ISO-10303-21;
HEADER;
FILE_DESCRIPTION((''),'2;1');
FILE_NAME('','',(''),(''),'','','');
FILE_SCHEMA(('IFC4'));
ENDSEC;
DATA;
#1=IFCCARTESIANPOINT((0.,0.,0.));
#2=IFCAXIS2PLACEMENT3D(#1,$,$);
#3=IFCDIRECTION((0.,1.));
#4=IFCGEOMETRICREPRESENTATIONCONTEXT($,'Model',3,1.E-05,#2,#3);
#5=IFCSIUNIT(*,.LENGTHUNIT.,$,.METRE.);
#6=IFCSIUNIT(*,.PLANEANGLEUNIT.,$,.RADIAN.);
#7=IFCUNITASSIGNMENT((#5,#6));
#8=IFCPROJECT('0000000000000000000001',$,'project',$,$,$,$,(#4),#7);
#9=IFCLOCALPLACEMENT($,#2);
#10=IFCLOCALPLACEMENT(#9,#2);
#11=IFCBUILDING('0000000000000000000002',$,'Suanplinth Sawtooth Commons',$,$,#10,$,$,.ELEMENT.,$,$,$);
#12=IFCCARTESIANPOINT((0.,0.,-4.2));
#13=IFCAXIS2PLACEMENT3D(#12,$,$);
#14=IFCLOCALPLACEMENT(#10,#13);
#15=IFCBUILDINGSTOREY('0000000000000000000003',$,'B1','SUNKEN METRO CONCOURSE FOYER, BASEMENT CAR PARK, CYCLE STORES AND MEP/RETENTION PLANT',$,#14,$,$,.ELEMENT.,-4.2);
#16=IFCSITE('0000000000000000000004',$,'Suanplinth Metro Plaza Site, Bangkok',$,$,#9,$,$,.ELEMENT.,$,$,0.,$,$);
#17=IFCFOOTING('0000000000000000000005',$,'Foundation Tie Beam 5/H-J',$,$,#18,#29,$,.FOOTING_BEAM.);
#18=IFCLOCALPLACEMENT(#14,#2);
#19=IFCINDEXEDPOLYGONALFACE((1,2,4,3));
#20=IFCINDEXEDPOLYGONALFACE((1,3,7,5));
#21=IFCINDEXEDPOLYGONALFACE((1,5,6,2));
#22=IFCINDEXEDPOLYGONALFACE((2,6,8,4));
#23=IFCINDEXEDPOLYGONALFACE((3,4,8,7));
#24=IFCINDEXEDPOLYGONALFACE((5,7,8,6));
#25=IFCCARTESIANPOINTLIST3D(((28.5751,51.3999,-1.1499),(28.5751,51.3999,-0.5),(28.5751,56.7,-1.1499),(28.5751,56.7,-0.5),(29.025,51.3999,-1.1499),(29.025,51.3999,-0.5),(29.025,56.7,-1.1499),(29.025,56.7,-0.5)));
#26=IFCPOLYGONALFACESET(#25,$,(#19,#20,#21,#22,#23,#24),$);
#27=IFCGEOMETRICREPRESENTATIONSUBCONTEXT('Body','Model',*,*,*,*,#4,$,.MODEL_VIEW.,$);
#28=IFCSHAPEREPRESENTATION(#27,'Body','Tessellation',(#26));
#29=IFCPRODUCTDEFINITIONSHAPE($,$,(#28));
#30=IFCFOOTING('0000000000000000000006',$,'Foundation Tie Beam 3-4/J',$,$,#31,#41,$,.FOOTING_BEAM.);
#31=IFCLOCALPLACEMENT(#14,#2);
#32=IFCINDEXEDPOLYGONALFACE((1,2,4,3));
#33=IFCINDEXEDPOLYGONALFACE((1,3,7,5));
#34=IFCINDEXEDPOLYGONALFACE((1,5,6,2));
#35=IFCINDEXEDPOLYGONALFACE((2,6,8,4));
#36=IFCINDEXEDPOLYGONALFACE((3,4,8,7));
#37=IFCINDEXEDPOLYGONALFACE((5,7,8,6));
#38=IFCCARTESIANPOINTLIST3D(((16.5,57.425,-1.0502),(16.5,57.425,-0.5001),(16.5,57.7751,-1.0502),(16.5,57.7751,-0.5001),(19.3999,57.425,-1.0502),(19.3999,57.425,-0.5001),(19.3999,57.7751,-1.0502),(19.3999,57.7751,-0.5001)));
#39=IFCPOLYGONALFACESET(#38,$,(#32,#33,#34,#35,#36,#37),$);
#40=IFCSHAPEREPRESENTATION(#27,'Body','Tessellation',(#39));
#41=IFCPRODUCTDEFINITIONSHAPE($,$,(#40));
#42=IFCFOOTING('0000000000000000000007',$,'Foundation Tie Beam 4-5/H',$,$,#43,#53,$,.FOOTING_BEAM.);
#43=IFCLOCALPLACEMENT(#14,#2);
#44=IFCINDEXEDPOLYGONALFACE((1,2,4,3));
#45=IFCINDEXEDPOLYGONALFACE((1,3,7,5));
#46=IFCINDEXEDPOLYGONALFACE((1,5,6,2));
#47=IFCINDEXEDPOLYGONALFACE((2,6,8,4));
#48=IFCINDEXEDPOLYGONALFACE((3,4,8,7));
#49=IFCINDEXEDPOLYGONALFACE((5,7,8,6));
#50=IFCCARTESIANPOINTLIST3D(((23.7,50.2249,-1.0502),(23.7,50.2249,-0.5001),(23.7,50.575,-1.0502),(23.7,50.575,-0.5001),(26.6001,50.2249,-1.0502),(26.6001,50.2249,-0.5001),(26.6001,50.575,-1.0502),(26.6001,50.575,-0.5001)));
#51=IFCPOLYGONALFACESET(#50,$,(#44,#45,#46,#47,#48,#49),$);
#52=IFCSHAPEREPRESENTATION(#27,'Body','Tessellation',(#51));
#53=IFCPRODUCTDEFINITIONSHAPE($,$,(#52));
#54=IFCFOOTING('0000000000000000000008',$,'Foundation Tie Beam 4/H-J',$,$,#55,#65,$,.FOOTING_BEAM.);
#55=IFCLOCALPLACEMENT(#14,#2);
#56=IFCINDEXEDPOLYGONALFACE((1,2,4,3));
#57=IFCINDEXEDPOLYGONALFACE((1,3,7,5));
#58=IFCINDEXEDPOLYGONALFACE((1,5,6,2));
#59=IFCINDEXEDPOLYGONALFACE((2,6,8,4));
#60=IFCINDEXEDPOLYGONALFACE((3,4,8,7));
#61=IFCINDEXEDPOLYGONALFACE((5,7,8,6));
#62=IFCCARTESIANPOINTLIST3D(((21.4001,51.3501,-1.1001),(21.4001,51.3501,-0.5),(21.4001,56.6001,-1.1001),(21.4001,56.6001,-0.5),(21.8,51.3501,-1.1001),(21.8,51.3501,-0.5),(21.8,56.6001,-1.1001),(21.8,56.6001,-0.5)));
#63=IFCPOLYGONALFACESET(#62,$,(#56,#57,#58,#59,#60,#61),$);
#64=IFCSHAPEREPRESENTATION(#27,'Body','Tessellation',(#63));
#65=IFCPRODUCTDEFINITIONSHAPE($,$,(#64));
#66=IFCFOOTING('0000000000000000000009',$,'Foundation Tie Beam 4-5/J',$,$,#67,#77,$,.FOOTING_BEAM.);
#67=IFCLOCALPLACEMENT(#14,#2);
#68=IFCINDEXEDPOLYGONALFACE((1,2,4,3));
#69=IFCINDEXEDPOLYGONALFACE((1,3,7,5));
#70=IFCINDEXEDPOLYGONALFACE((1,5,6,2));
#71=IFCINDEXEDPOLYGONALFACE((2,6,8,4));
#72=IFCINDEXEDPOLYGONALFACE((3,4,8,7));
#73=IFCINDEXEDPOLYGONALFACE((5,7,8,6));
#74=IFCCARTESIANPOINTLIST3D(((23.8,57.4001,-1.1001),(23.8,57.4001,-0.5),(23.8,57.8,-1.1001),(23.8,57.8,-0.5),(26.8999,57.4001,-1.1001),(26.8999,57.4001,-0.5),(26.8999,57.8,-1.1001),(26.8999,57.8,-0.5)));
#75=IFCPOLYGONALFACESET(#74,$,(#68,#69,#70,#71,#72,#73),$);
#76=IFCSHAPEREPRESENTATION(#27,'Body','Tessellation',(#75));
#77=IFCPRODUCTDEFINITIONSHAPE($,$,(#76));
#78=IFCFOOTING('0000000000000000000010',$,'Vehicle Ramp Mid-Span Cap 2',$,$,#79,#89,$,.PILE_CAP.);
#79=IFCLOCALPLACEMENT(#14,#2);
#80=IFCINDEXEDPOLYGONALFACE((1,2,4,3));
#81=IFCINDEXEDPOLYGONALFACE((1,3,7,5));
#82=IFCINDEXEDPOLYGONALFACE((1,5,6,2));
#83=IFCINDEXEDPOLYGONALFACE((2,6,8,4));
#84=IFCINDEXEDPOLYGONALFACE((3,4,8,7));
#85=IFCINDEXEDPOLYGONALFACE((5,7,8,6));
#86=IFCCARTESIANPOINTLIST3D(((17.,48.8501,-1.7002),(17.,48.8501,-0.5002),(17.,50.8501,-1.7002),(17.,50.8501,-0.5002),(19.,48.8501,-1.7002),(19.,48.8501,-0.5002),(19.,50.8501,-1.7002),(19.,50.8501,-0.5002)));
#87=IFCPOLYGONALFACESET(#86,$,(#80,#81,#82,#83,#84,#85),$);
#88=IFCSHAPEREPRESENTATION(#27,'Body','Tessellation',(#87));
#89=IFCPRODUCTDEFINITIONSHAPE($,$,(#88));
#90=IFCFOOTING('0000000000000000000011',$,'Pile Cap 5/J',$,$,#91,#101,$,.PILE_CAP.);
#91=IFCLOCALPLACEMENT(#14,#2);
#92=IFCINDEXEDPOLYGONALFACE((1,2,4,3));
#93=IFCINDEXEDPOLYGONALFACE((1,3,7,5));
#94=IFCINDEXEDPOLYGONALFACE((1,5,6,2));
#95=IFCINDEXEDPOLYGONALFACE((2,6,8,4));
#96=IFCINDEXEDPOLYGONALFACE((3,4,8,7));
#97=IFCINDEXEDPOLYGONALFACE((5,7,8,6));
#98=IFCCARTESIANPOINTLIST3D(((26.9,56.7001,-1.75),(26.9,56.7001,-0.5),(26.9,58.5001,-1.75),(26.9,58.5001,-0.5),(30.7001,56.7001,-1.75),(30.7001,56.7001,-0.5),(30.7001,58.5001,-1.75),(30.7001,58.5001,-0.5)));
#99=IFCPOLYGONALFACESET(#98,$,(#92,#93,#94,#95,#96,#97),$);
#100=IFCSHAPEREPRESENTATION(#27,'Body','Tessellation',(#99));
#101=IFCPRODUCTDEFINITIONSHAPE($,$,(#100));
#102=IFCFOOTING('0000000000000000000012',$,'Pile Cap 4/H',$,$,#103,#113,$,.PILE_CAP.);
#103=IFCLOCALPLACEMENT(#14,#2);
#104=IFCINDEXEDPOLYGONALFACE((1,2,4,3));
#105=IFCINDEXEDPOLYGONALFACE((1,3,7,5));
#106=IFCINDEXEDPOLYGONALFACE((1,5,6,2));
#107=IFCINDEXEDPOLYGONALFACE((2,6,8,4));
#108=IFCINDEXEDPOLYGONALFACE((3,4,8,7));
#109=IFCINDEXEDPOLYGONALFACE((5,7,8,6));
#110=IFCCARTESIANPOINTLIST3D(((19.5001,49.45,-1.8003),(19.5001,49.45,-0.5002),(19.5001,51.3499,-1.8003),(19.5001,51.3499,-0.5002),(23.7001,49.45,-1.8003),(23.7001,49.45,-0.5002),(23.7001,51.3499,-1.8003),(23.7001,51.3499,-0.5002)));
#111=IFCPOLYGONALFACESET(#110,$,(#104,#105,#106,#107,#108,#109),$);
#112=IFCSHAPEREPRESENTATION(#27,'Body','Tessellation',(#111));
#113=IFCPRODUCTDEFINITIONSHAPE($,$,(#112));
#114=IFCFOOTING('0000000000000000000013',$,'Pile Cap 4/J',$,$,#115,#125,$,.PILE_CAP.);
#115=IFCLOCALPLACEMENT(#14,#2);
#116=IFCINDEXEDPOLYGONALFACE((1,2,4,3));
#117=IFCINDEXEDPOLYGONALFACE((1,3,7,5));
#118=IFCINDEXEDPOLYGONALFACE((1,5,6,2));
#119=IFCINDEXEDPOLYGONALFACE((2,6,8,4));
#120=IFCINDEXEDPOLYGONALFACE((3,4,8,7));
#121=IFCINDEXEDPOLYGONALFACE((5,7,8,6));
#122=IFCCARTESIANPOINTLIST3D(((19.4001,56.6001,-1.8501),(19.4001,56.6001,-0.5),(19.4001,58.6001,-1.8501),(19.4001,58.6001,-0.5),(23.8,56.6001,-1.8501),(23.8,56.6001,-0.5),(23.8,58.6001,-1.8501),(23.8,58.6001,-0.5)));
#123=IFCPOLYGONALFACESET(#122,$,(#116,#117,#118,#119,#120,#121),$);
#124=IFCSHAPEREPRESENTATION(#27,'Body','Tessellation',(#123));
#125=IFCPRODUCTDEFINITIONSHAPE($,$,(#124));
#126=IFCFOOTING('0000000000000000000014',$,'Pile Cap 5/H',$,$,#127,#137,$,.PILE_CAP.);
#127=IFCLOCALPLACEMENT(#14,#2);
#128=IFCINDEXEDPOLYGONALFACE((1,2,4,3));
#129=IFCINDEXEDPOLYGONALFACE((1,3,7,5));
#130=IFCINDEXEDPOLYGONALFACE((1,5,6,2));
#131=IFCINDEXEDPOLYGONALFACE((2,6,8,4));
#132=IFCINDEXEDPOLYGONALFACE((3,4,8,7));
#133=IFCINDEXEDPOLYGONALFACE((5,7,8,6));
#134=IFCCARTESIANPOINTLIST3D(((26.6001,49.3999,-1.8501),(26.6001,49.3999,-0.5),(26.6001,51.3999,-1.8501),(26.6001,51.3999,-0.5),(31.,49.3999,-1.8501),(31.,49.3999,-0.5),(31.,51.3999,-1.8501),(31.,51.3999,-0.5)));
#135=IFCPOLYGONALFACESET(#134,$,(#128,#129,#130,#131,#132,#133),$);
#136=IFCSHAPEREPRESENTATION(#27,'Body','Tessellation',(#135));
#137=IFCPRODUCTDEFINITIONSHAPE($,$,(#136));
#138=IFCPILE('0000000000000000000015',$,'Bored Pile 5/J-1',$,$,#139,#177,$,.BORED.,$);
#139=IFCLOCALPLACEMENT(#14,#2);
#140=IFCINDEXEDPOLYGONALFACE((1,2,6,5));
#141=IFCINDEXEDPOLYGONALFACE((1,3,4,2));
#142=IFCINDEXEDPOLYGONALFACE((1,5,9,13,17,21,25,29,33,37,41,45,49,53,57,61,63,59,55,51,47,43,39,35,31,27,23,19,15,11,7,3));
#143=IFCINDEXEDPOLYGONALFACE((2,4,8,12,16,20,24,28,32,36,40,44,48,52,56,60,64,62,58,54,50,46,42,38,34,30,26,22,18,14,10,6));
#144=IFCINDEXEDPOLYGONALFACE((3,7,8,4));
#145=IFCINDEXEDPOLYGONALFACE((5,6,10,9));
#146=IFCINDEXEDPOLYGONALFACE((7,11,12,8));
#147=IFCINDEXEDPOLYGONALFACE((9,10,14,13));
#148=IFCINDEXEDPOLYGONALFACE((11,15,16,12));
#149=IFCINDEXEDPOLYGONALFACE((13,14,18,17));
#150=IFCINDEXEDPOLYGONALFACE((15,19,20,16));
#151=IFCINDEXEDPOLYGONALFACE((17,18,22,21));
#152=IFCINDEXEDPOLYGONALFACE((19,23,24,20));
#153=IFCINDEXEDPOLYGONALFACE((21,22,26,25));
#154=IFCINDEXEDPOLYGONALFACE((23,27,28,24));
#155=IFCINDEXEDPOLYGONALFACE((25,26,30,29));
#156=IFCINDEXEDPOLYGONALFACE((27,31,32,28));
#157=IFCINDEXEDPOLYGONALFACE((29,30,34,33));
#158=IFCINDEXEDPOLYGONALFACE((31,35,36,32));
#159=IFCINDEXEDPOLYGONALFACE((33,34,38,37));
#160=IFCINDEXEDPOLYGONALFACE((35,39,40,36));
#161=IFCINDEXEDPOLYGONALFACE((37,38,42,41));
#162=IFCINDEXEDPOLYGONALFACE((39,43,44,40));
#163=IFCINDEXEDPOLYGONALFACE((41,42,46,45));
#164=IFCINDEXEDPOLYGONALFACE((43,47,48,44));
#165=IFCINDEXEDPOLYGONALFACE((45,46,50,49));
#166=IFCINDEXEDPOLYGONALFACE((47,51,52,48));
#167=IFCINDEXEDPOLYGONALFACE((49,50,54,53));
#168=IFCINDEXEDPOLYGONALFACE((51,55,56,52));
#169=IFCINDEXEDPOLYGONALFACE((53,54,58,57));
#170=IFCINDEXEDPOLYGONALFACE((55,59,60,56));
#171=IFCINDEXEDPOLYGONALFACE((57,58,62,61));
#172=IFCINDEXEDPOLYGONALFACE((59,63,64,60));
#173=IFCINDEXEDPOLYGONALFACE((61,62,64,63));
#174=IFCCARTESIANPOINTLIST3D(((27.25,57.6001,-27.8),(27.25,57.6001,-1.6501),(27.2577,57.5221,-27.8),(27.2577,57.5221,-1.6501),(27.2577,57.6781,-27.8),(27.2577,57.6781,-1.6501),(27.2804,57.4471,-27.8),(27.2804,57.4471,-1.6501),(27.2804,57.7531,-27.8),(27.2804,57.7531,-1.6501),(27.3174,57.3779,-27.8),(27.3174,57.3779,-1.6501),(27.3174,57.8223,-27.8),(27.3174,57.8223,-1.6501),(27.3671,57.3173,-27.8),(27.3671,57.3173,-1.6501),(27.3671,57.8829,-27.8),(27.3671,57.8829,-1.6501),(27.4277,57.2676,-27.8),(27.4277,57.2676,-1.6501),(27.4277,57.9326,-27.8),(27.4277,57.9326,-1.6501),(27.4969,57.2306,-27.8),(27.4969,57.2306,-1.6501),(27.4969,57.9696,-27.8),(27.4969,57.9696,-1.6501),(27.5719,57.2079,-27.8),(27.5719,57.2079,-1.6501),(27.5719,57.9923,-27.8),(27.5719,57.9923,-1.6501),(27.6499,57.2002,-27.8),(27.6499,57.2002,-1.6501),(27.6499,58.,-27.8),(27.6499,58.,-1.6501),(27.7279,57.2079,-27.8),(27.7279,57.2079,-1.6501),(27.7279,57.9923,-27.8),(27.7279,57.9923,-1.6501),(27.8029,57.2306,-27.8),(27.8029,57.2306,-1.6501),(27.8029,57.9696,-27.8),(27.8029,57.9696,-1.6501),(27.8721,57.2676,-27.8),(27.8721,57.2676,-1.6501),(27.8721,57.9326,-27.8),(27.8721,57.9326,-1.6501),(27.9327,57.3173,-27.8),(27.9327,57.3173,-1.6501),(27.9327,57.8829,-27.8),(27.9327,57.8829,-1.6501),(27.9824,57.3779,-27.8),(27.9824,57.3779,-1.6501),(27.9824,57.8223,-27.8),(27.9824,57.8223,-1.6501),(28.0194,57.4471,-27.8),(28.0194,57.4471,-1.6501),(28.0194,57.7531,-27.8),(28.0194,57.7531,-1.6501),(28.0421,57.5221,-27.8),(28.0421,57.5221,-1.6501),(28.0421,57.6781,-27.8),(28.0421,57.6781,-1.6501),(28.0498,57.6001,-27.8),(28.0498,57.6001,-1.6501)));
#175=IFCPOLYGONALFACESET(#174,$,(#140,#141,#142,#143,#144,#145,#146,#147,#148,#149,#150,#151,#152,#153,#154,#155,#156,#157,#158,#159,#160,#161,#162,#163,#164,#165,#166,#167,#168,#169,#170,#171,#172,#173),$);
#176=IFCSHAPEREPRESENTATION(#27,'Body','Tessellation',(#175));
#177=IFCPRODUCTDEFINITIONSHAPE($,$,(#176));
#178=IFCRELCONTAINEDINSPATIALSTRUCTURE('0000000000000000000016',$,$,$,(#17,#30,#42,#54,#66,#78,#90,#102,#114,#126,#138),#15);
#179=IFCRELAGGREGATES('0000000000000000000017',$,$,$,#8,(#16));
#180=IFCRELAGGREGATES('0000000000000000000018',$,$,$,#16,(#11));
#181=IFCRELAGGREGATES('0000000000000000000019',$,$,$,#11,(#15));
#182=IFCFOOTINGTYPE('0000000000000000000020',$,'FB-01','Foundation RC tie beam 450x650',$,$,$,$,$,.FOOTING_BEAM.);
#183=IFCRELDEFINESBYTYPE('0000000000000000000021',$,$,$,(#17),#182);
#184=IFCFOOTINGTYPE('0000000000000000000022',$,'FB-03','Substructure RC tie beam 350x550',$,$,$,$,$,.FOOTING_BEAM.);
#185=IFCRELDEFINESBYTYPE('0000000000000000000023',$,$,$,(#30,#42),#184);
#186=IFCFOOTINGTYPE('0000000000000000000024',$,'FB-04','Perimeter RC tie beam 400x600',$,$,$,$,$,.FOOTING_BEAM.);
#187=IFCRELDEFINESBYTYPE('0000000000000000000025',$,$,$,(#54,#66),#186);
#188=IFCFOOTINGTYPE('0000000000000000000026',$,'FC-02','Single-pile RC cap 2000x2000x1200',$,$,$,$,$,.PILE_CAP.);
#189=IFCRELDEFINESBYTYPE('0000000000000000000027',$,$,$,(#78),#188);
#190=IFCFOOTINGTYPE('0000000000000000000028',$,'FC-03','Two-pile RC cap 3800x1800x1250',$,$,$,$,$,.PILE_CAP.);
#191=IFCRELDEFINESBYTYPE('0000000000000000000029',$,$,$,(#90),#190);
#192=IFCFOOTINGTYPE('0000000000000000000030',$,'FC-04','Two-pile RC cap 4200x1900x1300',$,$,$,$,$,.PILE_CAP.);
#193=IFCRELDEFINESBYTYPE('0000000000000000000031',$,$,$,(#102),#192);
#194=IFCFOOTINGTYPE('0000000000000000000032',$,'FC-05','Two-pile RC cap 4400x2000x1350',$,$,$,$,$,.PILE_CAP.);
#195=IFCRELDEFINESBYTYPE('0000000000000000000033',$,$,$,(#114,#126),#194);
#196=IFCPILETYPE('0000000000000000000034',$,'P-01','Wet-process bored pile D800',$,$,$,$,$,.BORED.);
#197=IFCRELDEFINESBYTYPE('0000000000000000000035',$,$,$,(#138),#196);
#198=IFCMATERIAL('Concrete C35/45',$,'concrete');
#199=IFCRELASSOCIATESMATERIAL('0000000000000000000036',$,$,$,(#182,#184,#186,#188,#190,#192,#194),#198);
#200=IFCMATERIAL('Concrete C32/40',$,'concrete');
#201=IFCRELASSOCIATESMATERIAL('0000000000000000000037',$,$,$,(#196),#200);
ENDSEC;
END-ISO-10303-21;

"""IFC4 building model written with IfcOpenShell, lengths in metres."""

from ifc_helpers import new_model, si_unit, direction, frame, origin, origin_2d, place, context, subcontext, project, spatial, rectangle, circle, extrude, material, material_profile, profile_set, type_object, element, save


model = new_model("IFC4")

# Units and contexts
model_context = context("Model", 3, precision=1e-05, world=origin(), true_north=direction((0.0, 1.0)))
body_context = subcontext(model_context, "Body", "Model", "MODEL_VIEW")
ifc_project = project(units=[si_unit("LENGTHUNIT", "METRE"), si_unit("PLANEANGLEUNIT", "RADIAN")], contexts=[model_context])

# Site, building, storey
site_placement = place(None, origin())
site = spatial("IfcSite", under=ifc_project, at=site_placement, Name="Suanplinth Metro Plaza Site, Bangkok", CompositionType="ELEMENT", RefElevation=0.0)
building_placement = place(site_placement, origin())
building = spatial("IfcBuilding", under=site, at=building_placement, Name="Suanplinth Sawtooth Commons", CompositionType="ELEMENT")
storey_placement = place(building_placement, frame((0.0, 0.0, -4.2)))
storey = spatial("IfcBuildingStorey", under=building, at=storey_placement, Name="B1", Description="SUNKEN METRO CONCOURSE FOYER, BASEMENT CAR PARK, CYCLE STORES AND MEP/RETENTION PLANT", CompositionType="ELEMENT", Elevation=-4.2)

# Footings
ifc_material_1 = material(Name="Concrete C35/45", Category="concrete")
ifc_material_profile_1 = material_profile(ifc_material_1, rectangle(XDim=0.45, YDim=0.6499, at=origin_2d()), Name="PC-GDR 450x650")
ifc_profile_set_1 = profile_set([ifc_material_profile_1], Name="Concrete C35/45")
footing_type_1 = type_object("IfcFootingType", Name="FB-01", Description="Foundation RC tie beam 450x650", PredefinedType="FOOTING_BEAM", material=ifc_profile_set_1)
footing_1_placement = place(storey_placement, frame((28.8, 51.3999, -0.825), z_axis=(0.0, 1.0, 0.0), x_axis=(-1.0, 0.0, 0.0)))
element("IfcFooting", 1, at=footing_1_placement, inside=storey, type_object=footing_type_1, Name="Foundation Tie Beam 5/H-J", PredefinedType="FOOTING_BEAM", context=body_context, shape_type="SweptSolid", body=[
    extrude(rectangle(XDim=0.45, YDim=0.6499, at=origin_2d()), origin(), (0.0, 0.0, 1.0), 5.3),
])
ifc_material_profile_2 = material_profile(ifc_material_1, rectangle(XDim=0.3501, YDim=0.55, at=origin_2d()), Name="PC-BM 350x550")
ifc_profile_set_2 = profile_set([ifc_material_profile_2], Name="Concrete C35/45")
footing_type_2 = type_object("IfcFootingType", Name="FB-03", Description="Substructure RC tie beam 350x550", PredefinedType="FOOTING_BEAM", material=ifc_profile_set_2)
footing_2_placement = place(storey_placement, frame((16.5, 57.6001, -0.7751), z_axis=(1.0, 0.0, 0.0), x_axis=(0.0, 1.0, 0.0)))
element("IfcFooting", 2, at=footing_2_placement, inside=storey, type_object=footing_type_2, Name="Foundation Tie Beam 3-4/J", PredefinedType="FOOTING_BEAM", context=body_context, shape_type="SweptSolid", body=[
    extrude(rectangle(XDim=0.3501, YDim=0.55, at=origin_2d()), origin(), (0.0, 0.0, 1.0), 2.8999),
])
footing_3_placement = place(storey_placement, frame((23.7, 50.3999, -0.7751), z_axis=(1.0, 0.0, 0.0), x_axis=(0.0, 1.0, 0.0)))
element("IfcFooting", 3, at=footing_3_placement, inside=storey, type_object=footing_type_2, Name="Foundation Tie Beam 4-5/H", PredefinedType="FOOTING_BEAM", context=body_context, shape_type="SweptSolid", body=[
    extrude(rectangle(XDim=0.3501, YDim=0.55, at=origin_2d()), origin(), (0.0, 0.0, 1.0), 2.9001),
])
ifc_material_profile_3 = material_profile(ifc_material_1, rectangle(XDim=0.3999, YDim=0.6001, at=origin_2d()), Name="PC-GDR 400x600")
ifc_profile_set_3 = profile_set([ifc_material_profile_3], Name="Concrete C35/45")
footing_type_3 = type_object("IfcFootingType", Name="FB-04", Description="Perimeter RC tie beam 400x600", PredefinedType="FOOTING_BEAM", material=ifc_profile_set_3)
footing_4_placement = place(storey_placement, frame((21.6001, 51.3501, -0.8), z_axis=(0.0, 1.0, 0.0), x_axis=(-1.0, 0.0, 0.0)))
element("IfcFooting", 4, at=footing_4_placement, inside=storey, type_object=footing_type_3, Name="Foundation Tie Beam 4/H-J", PredefinedType="FOOTING_BEAM", context=body_context, shape_type="SweptSolid", body=[
    extrude(rectangle(XDim=0.3999, YDim=0.6001, at=origin_2d()), origin(), (0.0, 0.0, 1.0), 5.25),
])
footing_5_placement = place(storey_placement, frame((23.8, 57.6001, -0.8), z_axis=(1.0, 0.0, 0.0), x_axis=(0.0, 1.0, 0.0)))
element("IfcFooting", 5, at=footing_5_placement, inside=storey, type_object=footing_type_3, Name="Foundation Tie Beam 4-5/J", PredefinedType="FOOTING_BEAM", context=body_context, shape_type="SweptSolid", body=[
    extrude(rectangle(XDim=0.3999, YDim=0.6001, at=origin_2d()), origin(), (0.0, 0.0, 1.0), 3.0999),
])
footing_type_4 = type_object("IfcFootingType", Name="FC-02", Description="Single-pile RC cap 2000x2000x1200", PredefinedType="PILE_CAP", material=ifc_material_1)
footing_6_placement = place(storey_placement, frame((18.0, 49.8501, -1.7002), z_axis=(0.0, 0.0, 1.0), x_axis=(1.0, 0.0, 0.0)))
element("IfcFooting", 6, at=footing_6_placement, inside=storey, type_object=footing_type_4, Name="Vehicle Ramp Mid-Span Cap 2", PredefinedType="PILE_CAP", context=body_context, shape_type="SweptSolid", body=[
    extrude(rectangle(XDim=2.0, YDim=2.0, at=origin_2d()), origin(), (0.0, 0.0, 1.0), 1.2),
])
footing_type_5 = type_object("IfcFootingType", Name="FC-03", Description="Two-pile RC cap 3800x1800x1250", PredefinedType="PILE_CAP", material=ifc_material_1)
footing_7_placement = place(storey_placement, frame((28.8, 57.6001, -1.75), z_axis=(0.0, 0.0, 1.0), x_axis=(1.0, 0.0, 0.0)))
element("IfcFooting", 7, at=footing_7_placement, inside=storey, type_object=footing_type_5, Name="Pile Cap 5/J", PredefinedType="PILE_CAP", context=body_context, shape_type="SweptSolid", body=[
    extrude(rectangle(XDim=3.8, YDim=1.8, at=origin_2d()), origin(), (0.0, 0.0, 1.0), 1.25),
])
footing_type_6 = type_object("IfcFootingType", Name="FC-04", Description="Two-pile RC cap 4200x1900x1300", PredefinedType="PILE_CAP", material=ifc_material_1)
footing_8_placement = place(storey_placement, frame((21.6001, 50.3999, -1.8003), z_axis=(0.0, 0.0, 1.0), x_axis=(1.0, 0.0, 0.0)))
element("IfcFooting", 8, at=footing_8_placement, inside=storey, type_object=footing_type_6, Name="Pile Cap 4/H", PredefinedType="PILE_CAP", context=body_context, shape_type="SweptSolid", body=[
    extrude(rectangle(XDim=4.2, YDim=1.8999, at=origin_2d()), origin(), (0.0, 0.0, 1.0), 1.3),
])
footing_type_7 = type_object("IfcFootingType", Name="FC-05", Description="Two-pile RC cap 4400x2000x1350", PredefinedType="PILE_CAP", material=ifc_material_1)
for number, where, z_axis, x_axis, name in (
    (9, (21.6001, 57.6001, -1.8501), (0.0, 0.0, 1.0), (1.0, 0.0, 0.0), "Pile Cap 4/J"),
    (10, (28.8, 50.3999, -1.8501), (0.0, 0.0, 1.0), (1.0, 0.0, 0.0), "Pile Cap 5/H"),
):
    element("IfcFooting", number, at=place(storey_placement, frame(where, z_axis=z_axis, x_axis=x_axis)), inside=storey, type_object=footing_type_7, Name=name, PredefinedType="PILE_CAP", context=body_context, shape_type="SweptSolid", body=[
        extrude(rectangle(XDim=4.3999, YDim=2.0, at=origin_2d()), origin(), (0.0, 0.0, 1.0), 1.3501),
    ])

# Pile
ifc_material_2 = material(Name="Concrete C32/40", Category="concrete")
ifc_material_profile_4 = material_profile(ifc_material_2, circle(Radius=0.3999, at=origin_2d()), Name="PILE D800")
ifc_profile_set_4 = profile_set([ifc_material_profile_4], Name="Concrete C32/40")
pile_type_1 = type_object("IfcPileType", Name="P-01", Description="Wet-process bored pile D800", PredefinedType="BORED", material=ifc_profile_set_4)
pile_1_placement = place(storey_placement, frame((27.6499, 57.6001, -1.6501), z_axis=(0.0, 0.0, -1.0), x_axis=(1.0, 0.0, 0.0)))
element("IfcPile", 11, at=pile_1_placement, inside=storey, type_object=pile_type_1, Name="Bored Pile 5/J-1", PredefinedType="BORED", context=body_context, shape_type="SweptSolid", body=[
    extrude(circle(Radius=0.3999, at=origin_2d()), origin(), (0.0, 0.0, 1.0), 26.1499),
])

save(model, "model.ifc")
